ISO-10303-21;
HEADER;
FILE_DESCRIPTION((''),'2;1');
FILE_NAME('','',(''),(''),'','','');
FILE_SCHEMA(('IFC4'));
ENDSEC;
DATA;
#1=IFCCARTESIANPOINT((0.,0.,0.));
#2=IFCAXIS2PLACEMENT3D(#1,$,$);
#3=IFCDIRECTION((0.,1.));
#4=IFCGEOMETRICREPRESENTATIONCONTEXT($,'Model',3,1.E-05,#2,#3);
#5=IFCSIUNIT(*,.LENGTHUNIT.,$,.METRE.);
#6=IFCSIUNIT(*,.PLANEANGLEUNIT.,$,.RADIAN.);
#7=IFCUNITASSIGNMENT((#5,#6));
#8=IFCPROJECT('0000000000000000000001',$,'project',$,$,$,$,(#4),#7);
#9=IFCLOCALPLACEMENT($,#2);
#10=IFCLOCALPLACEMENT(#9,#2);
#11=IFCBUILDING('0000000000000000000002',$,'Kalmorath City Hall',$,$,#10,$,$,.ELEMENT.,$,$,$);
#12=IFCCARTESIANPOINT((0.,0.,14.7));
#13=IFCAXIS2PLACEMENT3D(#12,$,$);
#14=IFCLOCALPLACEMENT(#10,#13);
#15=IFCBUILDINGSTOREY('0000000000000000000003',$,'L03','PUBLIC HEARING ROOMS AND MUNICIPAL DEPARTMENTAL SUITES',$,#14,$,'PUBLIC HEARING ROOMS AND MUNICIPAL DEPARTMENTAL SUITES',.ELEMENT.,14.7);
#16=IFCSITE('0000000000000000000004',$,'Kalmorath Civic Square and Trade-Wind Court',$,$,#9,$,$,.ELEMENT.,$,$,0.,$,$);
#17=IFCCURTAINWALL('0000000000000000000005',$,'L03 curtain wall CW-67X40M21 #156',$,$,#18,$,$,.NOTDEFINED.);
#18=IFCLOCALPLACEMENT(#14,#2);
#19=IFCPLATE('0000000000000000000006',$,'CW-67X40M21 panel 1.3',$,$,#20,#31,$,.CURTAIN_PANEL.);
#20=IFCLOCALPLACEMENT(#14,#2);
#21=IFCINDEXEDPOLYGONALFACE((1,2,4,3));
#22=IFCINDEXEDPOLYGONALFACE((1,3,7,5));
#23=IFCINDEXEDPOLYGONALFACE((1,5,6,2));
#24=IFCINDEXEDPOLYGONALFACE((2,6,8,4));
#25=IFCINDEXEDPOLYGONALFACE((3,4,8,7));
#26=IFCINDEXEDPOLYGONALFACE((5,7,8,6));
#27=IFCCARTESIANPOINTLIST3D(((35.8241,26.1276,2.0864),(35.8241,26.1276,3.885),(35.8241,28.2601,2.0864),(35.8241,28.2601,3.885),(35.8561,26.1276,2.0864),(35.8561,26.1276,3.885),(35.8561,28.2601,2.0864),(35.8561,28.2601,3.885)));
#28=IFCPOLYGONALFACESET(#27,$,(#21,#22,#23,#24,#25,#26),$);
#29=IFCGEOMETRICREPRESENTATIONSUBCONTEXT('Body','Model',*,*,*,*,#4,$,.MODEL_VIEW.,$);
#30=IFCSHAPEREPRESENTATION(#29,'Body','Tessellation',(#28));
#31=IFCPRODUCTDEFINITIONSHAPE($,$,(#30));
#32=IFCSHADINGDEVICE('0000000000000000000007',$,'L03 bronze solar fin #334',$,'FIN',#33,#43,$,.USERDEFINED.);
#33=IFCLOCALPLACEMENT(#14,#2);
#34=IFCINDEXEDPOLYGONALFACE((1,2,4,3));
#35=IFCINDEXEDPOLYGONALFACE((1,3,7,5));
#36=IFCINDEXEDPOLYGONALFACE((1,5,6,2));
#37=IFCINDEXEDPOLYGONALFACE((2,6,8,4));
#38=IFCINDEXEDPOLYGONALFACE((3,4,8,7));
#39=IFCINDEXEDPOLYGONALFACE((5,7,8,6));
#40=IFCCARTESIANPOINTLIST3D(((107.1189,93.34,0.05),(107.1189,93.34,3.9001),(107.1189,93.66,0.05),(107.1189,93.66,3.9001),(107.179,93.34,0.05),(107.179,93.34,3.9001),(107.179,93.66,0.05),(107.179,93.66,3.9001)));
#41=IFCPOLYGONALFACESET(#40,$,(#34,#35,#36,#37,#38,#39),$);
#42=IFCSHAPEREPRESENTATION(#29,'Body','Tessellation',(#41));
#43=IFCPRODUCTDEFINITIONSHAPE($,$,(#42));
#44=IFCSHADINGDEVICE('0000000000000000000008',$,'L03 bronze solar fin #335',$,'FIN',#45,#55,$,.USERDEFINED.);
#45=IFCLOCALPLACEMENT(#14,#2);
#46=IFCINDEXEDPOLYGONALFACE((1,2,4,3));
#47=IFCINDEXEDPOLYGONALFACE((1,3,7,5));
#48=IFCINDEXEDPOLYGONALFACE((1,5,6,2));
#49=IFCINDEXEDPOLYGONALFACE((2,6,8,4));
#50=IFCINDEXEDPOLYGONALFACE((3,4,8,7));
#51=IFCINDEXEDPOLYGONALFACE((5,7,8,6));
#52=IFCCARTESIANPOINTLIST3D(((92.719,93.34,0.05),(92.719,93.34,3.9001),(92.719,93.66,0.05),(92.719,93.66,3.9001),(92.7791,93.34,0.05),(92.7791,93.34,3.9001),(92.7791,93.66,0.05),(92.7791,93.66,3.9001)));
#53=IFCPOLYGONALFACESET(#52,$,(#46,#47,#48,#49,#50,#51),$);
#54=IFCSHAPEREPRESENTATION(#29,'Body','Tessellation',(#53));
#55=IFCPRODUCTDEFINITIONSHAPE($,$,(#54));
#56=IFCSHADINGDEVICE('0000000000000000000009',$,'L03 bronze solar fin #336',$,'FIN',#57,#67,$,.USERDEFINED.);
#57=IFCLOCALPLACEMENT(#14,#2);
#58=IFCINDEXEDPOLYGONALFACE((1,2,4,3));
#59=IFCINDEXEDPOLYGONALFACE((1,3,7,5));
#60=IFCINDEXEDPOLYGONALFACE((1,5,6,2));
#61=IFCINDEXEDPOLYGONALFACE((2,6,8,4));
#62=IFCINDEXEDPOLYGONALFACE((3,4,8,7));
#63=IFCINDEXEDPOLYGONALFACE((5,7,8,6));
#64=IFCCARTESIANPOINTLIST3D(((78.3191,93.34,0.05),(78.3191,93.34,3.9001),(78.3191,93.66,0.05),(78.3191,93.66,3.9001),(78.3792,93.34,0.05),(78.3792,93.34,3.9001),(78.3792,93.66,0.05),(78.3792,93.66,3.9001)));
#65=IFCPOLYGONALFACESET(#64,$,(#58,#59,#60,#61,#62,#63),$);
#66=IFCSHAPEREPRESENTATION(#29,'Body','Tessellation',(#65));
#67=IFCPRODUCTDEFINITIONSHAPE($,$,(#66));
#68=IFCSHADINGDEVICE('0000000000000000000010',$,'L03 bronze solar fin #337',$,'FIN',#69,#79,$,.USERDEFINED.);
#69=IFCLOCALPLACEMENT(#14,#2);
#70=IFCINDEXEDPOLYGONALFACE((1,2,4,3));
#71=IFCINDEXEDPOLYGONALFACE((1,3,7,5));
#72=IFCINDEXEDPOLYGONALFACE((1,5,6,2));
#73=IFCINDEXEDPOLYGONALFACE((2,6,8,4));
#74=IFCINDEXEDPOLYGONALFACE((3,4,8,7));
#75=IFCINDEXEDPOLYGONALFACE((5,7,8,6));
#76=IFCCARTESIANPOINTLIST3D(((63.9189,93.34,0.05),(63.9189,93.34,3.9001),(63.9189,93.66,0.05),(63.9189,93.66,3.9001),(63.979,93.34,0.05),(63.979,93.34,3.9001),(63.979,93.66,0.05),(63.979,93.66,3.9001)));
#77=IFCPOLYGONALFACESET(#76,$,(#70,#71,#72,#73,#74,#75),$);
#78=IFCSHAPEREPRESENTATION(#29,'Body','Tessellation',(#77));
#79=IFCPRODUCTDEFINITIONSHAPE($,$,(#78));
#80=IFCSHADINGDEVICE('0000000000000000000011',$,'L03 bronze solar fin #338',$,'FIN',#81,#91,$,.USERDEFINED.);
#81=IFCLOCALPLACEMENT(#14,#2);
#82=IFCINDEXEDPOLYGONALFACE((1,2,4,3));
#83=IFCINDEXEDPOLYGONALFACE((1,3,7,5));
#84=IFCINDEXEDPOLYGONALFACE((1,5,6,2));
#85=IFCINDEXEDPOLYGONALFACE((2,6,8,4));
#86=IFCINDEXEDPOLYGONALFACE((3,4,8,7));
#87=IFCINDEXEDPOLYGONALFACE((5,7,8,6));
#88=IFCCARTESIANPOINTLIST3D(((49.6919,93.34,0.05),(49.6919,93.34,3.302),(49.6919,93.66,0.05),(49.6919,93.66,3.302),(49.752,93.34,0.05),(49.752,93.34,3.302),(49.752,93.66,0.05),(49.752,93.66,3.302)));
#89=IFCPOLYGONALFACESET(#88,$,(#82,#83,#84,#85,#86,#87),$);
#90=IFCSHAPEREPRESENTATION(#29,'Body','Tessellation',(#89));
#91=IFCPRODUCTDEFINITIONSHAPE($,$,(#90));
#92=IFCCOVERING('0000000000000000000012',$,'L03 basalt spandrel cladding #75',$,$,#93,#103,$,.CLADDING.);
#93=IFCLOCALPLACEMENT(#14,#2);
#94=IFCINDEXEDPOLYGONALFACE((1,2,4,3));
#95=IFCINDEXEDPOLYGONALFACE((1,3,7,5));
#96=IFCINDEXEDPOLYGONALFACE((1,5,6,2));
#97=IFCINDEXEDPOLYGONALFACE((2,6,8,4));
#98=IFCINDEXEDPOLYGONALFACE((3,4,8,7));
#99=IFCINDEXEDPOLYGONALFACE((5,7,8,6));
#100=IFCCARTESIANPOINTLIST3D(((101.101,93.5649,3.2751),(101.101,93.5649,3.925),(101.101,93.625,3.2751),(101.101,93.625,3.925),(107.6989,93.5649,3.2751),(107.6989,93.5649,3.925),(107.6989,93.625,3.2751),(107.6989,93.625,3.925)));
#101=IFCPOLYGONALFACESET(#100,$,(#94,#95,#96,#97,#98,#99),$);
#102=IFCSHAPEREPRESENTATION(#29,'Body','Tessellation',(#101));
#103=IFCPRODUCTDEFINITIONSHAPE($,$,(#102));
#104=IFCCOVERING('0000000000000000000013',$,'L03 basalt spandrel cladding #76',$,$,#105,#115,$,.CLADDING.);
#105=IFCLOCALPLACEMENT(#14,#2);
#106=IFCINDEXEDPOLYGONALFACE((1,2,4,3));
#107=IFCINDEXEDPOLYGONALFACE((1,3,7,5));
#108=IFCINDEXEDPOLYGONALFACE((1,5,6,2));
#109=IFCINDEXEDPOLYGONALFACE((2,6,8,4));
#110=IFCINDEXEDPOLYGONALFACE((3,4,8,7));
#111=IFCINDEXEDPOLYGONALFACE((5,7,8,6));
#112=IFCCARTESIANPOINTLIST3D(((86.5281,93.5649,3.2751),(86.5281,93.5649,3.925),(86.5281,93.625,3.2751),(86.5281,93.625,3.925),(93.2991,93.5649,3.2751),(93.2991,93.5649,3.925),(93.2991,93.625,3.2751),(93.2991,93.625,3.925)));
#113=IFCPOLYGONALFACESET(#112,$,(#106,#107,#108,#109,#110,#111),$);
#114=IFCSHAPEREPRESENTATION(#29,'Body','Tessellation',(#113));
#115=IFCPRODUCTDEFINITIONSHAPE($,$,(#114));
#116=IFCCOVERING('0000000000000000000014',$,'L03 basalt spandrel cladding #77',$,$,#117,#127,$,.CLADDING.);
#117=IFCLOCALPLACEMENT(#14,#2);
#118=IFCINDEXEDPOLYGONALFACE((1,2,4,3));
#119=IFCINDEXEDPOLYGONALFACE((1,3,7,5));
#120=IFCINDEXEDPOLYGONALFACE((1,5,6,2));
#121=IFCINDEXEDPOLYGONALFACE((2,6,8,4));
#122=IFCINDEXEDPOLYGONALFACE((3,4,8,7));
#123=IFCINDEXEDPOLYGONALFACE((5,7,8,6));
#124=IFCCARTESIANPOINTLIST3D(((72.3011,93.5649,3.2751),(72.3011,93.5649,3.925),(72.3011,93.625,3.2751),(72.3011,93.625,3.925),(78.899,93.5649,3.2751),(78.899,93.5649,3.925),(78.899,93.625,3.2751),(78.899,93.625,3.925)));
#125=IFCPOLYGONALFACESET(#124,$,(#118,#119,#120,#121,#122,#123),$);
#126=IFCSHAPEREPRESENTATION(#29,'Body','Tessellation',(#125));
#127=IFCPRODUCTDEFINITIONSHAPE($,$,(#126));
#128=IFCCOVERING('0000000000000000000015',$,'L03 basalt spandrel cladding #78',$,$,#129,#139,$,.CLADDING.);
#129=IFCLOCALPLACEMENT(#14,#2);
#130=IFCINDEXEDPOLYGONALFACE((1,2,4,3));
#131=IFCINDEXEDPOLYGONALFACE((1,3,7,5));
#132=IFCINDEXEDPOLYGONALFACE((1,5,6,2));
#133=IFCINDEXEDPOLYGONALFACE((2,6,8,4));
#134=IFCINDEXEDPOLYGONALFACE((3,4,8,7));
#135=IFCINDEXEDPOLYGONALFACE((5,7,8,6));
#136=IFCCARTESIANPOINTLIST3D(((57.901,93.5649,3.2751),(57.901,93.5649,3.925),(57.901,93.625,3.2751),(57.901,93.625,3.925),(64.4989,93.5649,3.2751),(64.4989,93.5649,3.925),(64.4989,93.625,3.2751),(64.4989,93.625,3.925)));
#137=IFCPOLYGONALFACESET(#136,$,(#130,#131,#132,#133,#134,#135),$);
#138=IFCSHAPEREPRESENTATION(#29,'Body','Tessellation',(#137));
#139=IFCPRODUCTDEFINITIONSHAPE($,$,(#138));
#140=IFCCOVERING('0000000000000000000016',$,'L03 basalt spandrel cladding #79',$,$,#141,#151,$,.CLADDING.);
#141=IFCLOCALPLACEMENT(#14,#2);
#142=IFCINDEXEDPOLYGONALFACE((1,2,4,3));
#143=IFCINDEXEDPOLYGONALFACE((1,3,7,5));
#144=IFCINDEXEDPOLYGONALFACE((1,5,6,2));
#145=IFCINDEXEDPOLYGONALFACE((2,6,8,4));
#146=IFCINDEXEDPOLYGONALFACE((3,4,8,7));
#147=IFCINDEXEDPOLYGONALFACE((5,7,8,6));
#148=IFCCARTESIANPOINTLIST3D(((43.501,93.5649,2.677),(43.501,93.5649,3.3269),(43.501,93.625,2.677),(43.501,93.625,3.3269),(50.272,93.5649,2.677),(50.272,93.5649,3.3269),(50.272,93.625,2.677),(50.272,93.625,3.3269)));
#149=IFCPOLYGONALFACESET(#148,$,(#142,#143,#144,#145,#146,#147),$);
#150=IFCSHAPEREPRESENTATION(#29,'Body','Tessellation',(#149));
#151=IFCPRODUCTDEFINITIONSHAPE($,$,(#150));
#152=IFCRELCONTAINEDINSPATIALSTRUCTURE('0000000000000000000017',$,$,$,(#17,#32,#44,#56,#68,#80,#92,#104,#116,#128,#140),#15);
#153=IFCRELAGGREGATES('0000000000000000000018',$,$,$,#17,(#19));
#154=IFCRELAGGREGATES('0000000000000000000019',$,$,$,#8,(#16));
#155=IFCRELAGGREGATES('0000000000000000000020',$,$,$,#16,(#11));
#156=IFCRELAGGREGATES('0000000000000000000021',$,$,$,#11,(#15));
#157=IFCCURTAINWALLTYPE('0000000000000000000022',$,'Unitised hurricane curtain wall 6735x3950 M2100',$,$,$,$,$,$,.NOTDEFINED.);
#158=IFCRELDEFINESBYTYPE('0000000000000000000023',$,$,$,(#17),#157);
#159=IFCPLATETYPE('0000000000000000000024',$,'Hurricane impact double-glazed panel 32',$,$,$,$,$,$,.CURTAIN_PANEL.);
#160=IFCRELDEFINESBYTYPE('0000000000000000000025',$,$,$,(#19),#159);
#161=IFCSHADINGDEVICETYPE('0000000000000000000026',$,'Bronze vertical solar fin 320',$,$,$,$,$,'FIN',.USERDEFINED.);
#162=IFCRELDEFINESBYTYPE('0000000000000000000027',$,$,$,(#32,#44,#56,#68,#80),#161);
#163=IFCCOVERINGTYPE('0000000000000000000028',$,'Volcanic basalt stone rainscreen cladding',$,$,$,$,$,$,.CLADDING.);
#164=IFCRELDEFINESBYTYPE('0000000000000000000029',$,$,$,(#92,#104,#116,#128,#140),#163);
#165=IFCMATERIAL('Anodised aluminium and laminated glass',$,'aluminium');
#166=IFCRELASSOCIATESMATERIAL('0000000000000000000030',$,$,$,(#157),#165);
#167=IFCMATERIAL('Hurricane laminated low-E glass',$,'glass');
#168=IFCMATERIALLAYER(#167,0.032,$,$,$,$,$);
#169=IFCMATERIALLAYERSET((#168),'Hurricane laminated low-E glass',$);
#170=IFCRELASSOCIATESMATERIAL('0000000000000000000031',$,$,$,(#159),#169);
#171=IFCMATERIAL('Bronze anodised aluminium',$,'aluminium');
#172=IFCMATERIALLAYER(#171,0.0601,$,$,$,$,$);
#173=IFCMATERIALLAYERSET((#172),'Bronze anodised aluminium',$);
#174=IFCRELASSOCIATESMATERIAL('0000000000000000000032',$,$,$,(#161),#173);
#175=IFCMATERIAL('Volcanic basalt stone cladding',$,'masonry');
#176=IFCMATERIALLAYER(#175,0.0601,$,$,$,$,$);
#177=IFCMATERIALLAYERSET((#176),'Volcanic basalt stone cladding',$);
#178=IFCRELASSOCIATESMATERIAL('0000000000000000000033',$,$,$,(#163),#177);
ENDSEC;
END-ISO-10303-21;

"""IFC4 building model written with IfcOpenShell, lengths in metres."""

from ifc_helpers import new_model, si_unit, direction, frame, origin, origin_2d, place, context, subcontext, project, spatial, rectangle, extrude, material, layer, layer_set, type_object, element, aggregate, save


model = new_model("IFC4")

# Units and contexts
model_context = context("Model", 3, precision=1e-05, world=origin(), true_north=direction((0.0, 1.0)))
body_context = subcontext(model_context, "Body", "Model", "MODEL_VIEW")
ifc_project = project(units=[si_unit("LENGTHUNIT", "METRE"), si_unit("PLANEANGLEUNIT", "RADIAN")], contexts=[model_context])

# Site, building, storey
site_placement = place(None, origin())
site = spatial("IfcSite", under=ifc_project, at=site_placement, Name="Kalmorath Civic Square and Trade-Wind Court", CompositionType="ELEMENT", RefElevation=0.0)
building_placement = place(site_placement, origin())
building = spatial("IfcBuilding", under=site, at=building_placement, Name="Kalmorath City Hall", CompositionType="ELEMENT")
storey_placement = place(building_placement, frame((0.0, 0.0, 14.7)))
storey = spatial("IfcBuildingStorey", under=building, at=storey_placement, Name="L03", Description="PUBLIC HEARING ROOMS AND MUNICIPAL DEPARTMENTAL SUITES", LongName="PUBLIC HEARING ROOMS AND MUNICIPAL DEPARTMENTAL SUITES", CompositionType="ELEMENT", Elevation=14.7)

# Curtain wall
ifc_material_1 = material(Name="Anodised aluminium and laminated glass", Category="aluminium")
curtain_wall_type = type_object("IfcCurtainWallType", Name="Unitised hurricane curtain wall 6735x3950 M2100", PredefinedType="NOTDEFINED", material=ifc_material_1)
curtain_wall_placement = place(storey_placement, origin())
curtain_wall = element("IfcCurtainWall", 1, at=curtain_wall_placement, inside=storey, type_object=curtain_wall_type, Name="L03 curtain wall CW-67X40M21 #156", PredefinedType="NOTDEFINED")

# Plate
ifc_material_2 = material(Name="Hurricane laminated low-E glass", Category="glass")
ifc_layer_1 = layer(ifc_material_2, 0.032)
ifc_layer_set_1 = layer_set([ifc_layer_1], Name="Hurricane laminated low-E glass")
plate_type = type_object("IfcPlateType", Name="Hurricane impact double-glazed panel 32", PredefinedType="CURTAIN_PANEL", material=ifc_layer_set_1)
plate_1_placement = place(storey_placement, frame((35.8401, 27.1938, 2.0864), z_axis=(0.0, 0.0, 1.0), x_axis=(0.0, -1.0, 0.0)))
plate_1 = element("IfcPlate", 2, at=plate_1_placement, type_object=plate_type, Name="CW-67X40M21 panel 1.3", PredefinedType="CURTAIN_PANEL", context=body_context, shape_type="SweptSolid", body=[
    extrude(rectangle(XDim=2.1326, YDim=0.032, at=origin_2d()), origin(), (0.0, 0.0, 1.0), 1.7986),
])
aggregate(curtain_wall, [plate_1])

# Shading devices
ifc_material_3 = material(Name="Bronze anodised aluminium", Category="aluminium")
ifc_layer_2 = layer(ifc_material_3, 0.0601)
ifc_layer_set_2 = layer_set([ifc_layer_2], Name="Bronze anodised aluminium")
shading_device_type = type_object("IfcShadingDeviceType", Name="Bronze vertical solar fin 320", ElementType="FIN", PredefinedType="USERDEFINED", material=ifc_layer_set_2)
for number, where, z_axis, x_axis, name in (
    (3, (107.1489, 93.5, 0.05), (0.0, 0.0, 1.0), (-1.0, 0.0, 0.0), "L03 bronze solar fin #334"),
    (4, (92.749, 93.5, 0.05), (0.0, 0.0, 1.0), (-1.0, 0.0, 0.0), "L03 bronze solar fin #335"),
    (5, (78.3491, 93.5, 0.05), (0.0, 0.0, 1.0), (-1.0, 0.0, 0.0), "L03 bronze solar fin #336"),
    (6, (63.949, 93.5, 0.05), (0.0, 0.0, 1.0), (-1.0, 0.0, 0.0), "L03 bronze solar fin #337"),
):
    element("IfcShadingDevice", number, at=place(storey_placement, frame(where, z_axis=z_axis, x_axis=x_axis)), inside=storey, type_object=shading_device_type, Name=name, ObjectType="FIN", PredefinedType="USERDEFINED", context=body_context, shape_type="SweptSolid", body=[
        extrude(rectangle(XDim=0.0601, YDim=0.3201, at=origin_2d()), origin(), (0.0, 0.0, 1.0), 3.8501),
    ])
shading_device_placement = place(storey_placement, frame((49.7219, 93.5, 0.05), z_axis=(0.0, 0.0, 1.0), x_axis=(-1.0, 0.0, 0.0)))
element("IfcShadingDevice", 7, at=shading_device_placement, inside=storey, type_object=shading_device_type, Name="L03 bronze solar fin #338", ObjectType="FIN", PredefinedType="USERDEFINED", context=body_context, shape_type="SweptSolid", body=[
    extrude(rectangle(XDim=0.0601, YDim=0.3201, at=origin_2d()), origin(), (0.0, 0.0, 1.0), 3.252),
])

# Coverings
ifc_material_4 = material(Name="Volcanic basalt stone cladding", Category="masonry")
ifc_layer_3 = layer(ifc_material_4, 0.0601)
ifc_layer_set_3 = layer_set([ifc_layer_3], Name="Volcanic basalt stone cladding")
covering_type = type_object("IfcCoveringType", Name="Volcanic basalt stone rainscreen cladding", PredefinedType="CLADDING", material=ifc_layer_set_3)
covering_1_placement = place(storey_placement, frame((104.3999, 93.595, 3.2751), z_axis=(0.0, 0.0, 1.0), x_axis=(-1.0, 0.0, 0.0)))
element("IfcCovering", 8, at=covering_1_placement, inside=storey, type_object=covering_type, Name="L03 basalt spandrel cladding #75", PredefinedType="CLADDING", context=body_context, shape_type="SweptSolid", body=[
    extrude(rectangle(XDim=6.5979, YDim=0.0601, at=origin_2d()), origin(), (0.0, 0.0, 1.0), 0.6499),
])
covering_2_placement = place(storey_placement, frame((89.9136, 93.595, 3.2751), z_axis=(0.0, 0.0, 1.0), x_axis=(-1.0, 0.0, 0.0)))
element("IfcCovering", 9, at=covering_2_placement, inside=storey, type_object=covering_type, Name="L03 basalt spandrel cladding #76", PredefinedType="CLADDING", context=body_context, shape_type="SweptSolid", body=[
    extrude(rectangle(XDim=6.771, YDim=0.0601, at=origin_2d()), origin(), (0.0, 0.0, 1.0), 0.6499),
])
for number, where, z_axis, x_axis, name in (
    (10, (75.6001, 93.595, 3.2751), (0.0, 0.0, 1.0), (-1.0, 0.0, 0.0), "L03 basalt spandrel cladding #77"),
    (11, (61.2, 93.595, 3.2751), (0.0, 0.0, 1.0), (-1.0, 0.0, 0.0), "L03 basalt spandrel cladding #78"),
):
    element("IfcCovering", number, at=place(storey_placement, frame(where, z_axis=z_axis, x_axis=x_axis)), inside=storey, type_object=covering_type, Name=name, PredefinedType="CLADDING", context=body_context, shape_type="SweptSolid", body=[
        extrude(rectangle(XDim=6.5979, YDim=0.0601, at=origin_2d()), origin(), (0.0, 0.0, 1.0), 0.6499),
    ])
covering_3_placement = place(storey_placement, frame((46.8865, 93.595, 2.677), z_axis=(0.0, 0.0, 1.0), x_axis=(-1.0, 0.0, 0.0)))
element("IfcCovering", 12, at=covering_3_placement, inside=storey, type_object=covering_type, Name="L03 basalt spandrel cladding #79", PredefinedType="CLADDING", context=body_context, shape_type="SweptSolid", body=[
    extrude(rectangle(XDim=6.771, YDim=0.0601, at=origin_2d()), origin(), (0.0, 0.0, 1.0), 0.6499),
])

save(model, "model.ifc")
